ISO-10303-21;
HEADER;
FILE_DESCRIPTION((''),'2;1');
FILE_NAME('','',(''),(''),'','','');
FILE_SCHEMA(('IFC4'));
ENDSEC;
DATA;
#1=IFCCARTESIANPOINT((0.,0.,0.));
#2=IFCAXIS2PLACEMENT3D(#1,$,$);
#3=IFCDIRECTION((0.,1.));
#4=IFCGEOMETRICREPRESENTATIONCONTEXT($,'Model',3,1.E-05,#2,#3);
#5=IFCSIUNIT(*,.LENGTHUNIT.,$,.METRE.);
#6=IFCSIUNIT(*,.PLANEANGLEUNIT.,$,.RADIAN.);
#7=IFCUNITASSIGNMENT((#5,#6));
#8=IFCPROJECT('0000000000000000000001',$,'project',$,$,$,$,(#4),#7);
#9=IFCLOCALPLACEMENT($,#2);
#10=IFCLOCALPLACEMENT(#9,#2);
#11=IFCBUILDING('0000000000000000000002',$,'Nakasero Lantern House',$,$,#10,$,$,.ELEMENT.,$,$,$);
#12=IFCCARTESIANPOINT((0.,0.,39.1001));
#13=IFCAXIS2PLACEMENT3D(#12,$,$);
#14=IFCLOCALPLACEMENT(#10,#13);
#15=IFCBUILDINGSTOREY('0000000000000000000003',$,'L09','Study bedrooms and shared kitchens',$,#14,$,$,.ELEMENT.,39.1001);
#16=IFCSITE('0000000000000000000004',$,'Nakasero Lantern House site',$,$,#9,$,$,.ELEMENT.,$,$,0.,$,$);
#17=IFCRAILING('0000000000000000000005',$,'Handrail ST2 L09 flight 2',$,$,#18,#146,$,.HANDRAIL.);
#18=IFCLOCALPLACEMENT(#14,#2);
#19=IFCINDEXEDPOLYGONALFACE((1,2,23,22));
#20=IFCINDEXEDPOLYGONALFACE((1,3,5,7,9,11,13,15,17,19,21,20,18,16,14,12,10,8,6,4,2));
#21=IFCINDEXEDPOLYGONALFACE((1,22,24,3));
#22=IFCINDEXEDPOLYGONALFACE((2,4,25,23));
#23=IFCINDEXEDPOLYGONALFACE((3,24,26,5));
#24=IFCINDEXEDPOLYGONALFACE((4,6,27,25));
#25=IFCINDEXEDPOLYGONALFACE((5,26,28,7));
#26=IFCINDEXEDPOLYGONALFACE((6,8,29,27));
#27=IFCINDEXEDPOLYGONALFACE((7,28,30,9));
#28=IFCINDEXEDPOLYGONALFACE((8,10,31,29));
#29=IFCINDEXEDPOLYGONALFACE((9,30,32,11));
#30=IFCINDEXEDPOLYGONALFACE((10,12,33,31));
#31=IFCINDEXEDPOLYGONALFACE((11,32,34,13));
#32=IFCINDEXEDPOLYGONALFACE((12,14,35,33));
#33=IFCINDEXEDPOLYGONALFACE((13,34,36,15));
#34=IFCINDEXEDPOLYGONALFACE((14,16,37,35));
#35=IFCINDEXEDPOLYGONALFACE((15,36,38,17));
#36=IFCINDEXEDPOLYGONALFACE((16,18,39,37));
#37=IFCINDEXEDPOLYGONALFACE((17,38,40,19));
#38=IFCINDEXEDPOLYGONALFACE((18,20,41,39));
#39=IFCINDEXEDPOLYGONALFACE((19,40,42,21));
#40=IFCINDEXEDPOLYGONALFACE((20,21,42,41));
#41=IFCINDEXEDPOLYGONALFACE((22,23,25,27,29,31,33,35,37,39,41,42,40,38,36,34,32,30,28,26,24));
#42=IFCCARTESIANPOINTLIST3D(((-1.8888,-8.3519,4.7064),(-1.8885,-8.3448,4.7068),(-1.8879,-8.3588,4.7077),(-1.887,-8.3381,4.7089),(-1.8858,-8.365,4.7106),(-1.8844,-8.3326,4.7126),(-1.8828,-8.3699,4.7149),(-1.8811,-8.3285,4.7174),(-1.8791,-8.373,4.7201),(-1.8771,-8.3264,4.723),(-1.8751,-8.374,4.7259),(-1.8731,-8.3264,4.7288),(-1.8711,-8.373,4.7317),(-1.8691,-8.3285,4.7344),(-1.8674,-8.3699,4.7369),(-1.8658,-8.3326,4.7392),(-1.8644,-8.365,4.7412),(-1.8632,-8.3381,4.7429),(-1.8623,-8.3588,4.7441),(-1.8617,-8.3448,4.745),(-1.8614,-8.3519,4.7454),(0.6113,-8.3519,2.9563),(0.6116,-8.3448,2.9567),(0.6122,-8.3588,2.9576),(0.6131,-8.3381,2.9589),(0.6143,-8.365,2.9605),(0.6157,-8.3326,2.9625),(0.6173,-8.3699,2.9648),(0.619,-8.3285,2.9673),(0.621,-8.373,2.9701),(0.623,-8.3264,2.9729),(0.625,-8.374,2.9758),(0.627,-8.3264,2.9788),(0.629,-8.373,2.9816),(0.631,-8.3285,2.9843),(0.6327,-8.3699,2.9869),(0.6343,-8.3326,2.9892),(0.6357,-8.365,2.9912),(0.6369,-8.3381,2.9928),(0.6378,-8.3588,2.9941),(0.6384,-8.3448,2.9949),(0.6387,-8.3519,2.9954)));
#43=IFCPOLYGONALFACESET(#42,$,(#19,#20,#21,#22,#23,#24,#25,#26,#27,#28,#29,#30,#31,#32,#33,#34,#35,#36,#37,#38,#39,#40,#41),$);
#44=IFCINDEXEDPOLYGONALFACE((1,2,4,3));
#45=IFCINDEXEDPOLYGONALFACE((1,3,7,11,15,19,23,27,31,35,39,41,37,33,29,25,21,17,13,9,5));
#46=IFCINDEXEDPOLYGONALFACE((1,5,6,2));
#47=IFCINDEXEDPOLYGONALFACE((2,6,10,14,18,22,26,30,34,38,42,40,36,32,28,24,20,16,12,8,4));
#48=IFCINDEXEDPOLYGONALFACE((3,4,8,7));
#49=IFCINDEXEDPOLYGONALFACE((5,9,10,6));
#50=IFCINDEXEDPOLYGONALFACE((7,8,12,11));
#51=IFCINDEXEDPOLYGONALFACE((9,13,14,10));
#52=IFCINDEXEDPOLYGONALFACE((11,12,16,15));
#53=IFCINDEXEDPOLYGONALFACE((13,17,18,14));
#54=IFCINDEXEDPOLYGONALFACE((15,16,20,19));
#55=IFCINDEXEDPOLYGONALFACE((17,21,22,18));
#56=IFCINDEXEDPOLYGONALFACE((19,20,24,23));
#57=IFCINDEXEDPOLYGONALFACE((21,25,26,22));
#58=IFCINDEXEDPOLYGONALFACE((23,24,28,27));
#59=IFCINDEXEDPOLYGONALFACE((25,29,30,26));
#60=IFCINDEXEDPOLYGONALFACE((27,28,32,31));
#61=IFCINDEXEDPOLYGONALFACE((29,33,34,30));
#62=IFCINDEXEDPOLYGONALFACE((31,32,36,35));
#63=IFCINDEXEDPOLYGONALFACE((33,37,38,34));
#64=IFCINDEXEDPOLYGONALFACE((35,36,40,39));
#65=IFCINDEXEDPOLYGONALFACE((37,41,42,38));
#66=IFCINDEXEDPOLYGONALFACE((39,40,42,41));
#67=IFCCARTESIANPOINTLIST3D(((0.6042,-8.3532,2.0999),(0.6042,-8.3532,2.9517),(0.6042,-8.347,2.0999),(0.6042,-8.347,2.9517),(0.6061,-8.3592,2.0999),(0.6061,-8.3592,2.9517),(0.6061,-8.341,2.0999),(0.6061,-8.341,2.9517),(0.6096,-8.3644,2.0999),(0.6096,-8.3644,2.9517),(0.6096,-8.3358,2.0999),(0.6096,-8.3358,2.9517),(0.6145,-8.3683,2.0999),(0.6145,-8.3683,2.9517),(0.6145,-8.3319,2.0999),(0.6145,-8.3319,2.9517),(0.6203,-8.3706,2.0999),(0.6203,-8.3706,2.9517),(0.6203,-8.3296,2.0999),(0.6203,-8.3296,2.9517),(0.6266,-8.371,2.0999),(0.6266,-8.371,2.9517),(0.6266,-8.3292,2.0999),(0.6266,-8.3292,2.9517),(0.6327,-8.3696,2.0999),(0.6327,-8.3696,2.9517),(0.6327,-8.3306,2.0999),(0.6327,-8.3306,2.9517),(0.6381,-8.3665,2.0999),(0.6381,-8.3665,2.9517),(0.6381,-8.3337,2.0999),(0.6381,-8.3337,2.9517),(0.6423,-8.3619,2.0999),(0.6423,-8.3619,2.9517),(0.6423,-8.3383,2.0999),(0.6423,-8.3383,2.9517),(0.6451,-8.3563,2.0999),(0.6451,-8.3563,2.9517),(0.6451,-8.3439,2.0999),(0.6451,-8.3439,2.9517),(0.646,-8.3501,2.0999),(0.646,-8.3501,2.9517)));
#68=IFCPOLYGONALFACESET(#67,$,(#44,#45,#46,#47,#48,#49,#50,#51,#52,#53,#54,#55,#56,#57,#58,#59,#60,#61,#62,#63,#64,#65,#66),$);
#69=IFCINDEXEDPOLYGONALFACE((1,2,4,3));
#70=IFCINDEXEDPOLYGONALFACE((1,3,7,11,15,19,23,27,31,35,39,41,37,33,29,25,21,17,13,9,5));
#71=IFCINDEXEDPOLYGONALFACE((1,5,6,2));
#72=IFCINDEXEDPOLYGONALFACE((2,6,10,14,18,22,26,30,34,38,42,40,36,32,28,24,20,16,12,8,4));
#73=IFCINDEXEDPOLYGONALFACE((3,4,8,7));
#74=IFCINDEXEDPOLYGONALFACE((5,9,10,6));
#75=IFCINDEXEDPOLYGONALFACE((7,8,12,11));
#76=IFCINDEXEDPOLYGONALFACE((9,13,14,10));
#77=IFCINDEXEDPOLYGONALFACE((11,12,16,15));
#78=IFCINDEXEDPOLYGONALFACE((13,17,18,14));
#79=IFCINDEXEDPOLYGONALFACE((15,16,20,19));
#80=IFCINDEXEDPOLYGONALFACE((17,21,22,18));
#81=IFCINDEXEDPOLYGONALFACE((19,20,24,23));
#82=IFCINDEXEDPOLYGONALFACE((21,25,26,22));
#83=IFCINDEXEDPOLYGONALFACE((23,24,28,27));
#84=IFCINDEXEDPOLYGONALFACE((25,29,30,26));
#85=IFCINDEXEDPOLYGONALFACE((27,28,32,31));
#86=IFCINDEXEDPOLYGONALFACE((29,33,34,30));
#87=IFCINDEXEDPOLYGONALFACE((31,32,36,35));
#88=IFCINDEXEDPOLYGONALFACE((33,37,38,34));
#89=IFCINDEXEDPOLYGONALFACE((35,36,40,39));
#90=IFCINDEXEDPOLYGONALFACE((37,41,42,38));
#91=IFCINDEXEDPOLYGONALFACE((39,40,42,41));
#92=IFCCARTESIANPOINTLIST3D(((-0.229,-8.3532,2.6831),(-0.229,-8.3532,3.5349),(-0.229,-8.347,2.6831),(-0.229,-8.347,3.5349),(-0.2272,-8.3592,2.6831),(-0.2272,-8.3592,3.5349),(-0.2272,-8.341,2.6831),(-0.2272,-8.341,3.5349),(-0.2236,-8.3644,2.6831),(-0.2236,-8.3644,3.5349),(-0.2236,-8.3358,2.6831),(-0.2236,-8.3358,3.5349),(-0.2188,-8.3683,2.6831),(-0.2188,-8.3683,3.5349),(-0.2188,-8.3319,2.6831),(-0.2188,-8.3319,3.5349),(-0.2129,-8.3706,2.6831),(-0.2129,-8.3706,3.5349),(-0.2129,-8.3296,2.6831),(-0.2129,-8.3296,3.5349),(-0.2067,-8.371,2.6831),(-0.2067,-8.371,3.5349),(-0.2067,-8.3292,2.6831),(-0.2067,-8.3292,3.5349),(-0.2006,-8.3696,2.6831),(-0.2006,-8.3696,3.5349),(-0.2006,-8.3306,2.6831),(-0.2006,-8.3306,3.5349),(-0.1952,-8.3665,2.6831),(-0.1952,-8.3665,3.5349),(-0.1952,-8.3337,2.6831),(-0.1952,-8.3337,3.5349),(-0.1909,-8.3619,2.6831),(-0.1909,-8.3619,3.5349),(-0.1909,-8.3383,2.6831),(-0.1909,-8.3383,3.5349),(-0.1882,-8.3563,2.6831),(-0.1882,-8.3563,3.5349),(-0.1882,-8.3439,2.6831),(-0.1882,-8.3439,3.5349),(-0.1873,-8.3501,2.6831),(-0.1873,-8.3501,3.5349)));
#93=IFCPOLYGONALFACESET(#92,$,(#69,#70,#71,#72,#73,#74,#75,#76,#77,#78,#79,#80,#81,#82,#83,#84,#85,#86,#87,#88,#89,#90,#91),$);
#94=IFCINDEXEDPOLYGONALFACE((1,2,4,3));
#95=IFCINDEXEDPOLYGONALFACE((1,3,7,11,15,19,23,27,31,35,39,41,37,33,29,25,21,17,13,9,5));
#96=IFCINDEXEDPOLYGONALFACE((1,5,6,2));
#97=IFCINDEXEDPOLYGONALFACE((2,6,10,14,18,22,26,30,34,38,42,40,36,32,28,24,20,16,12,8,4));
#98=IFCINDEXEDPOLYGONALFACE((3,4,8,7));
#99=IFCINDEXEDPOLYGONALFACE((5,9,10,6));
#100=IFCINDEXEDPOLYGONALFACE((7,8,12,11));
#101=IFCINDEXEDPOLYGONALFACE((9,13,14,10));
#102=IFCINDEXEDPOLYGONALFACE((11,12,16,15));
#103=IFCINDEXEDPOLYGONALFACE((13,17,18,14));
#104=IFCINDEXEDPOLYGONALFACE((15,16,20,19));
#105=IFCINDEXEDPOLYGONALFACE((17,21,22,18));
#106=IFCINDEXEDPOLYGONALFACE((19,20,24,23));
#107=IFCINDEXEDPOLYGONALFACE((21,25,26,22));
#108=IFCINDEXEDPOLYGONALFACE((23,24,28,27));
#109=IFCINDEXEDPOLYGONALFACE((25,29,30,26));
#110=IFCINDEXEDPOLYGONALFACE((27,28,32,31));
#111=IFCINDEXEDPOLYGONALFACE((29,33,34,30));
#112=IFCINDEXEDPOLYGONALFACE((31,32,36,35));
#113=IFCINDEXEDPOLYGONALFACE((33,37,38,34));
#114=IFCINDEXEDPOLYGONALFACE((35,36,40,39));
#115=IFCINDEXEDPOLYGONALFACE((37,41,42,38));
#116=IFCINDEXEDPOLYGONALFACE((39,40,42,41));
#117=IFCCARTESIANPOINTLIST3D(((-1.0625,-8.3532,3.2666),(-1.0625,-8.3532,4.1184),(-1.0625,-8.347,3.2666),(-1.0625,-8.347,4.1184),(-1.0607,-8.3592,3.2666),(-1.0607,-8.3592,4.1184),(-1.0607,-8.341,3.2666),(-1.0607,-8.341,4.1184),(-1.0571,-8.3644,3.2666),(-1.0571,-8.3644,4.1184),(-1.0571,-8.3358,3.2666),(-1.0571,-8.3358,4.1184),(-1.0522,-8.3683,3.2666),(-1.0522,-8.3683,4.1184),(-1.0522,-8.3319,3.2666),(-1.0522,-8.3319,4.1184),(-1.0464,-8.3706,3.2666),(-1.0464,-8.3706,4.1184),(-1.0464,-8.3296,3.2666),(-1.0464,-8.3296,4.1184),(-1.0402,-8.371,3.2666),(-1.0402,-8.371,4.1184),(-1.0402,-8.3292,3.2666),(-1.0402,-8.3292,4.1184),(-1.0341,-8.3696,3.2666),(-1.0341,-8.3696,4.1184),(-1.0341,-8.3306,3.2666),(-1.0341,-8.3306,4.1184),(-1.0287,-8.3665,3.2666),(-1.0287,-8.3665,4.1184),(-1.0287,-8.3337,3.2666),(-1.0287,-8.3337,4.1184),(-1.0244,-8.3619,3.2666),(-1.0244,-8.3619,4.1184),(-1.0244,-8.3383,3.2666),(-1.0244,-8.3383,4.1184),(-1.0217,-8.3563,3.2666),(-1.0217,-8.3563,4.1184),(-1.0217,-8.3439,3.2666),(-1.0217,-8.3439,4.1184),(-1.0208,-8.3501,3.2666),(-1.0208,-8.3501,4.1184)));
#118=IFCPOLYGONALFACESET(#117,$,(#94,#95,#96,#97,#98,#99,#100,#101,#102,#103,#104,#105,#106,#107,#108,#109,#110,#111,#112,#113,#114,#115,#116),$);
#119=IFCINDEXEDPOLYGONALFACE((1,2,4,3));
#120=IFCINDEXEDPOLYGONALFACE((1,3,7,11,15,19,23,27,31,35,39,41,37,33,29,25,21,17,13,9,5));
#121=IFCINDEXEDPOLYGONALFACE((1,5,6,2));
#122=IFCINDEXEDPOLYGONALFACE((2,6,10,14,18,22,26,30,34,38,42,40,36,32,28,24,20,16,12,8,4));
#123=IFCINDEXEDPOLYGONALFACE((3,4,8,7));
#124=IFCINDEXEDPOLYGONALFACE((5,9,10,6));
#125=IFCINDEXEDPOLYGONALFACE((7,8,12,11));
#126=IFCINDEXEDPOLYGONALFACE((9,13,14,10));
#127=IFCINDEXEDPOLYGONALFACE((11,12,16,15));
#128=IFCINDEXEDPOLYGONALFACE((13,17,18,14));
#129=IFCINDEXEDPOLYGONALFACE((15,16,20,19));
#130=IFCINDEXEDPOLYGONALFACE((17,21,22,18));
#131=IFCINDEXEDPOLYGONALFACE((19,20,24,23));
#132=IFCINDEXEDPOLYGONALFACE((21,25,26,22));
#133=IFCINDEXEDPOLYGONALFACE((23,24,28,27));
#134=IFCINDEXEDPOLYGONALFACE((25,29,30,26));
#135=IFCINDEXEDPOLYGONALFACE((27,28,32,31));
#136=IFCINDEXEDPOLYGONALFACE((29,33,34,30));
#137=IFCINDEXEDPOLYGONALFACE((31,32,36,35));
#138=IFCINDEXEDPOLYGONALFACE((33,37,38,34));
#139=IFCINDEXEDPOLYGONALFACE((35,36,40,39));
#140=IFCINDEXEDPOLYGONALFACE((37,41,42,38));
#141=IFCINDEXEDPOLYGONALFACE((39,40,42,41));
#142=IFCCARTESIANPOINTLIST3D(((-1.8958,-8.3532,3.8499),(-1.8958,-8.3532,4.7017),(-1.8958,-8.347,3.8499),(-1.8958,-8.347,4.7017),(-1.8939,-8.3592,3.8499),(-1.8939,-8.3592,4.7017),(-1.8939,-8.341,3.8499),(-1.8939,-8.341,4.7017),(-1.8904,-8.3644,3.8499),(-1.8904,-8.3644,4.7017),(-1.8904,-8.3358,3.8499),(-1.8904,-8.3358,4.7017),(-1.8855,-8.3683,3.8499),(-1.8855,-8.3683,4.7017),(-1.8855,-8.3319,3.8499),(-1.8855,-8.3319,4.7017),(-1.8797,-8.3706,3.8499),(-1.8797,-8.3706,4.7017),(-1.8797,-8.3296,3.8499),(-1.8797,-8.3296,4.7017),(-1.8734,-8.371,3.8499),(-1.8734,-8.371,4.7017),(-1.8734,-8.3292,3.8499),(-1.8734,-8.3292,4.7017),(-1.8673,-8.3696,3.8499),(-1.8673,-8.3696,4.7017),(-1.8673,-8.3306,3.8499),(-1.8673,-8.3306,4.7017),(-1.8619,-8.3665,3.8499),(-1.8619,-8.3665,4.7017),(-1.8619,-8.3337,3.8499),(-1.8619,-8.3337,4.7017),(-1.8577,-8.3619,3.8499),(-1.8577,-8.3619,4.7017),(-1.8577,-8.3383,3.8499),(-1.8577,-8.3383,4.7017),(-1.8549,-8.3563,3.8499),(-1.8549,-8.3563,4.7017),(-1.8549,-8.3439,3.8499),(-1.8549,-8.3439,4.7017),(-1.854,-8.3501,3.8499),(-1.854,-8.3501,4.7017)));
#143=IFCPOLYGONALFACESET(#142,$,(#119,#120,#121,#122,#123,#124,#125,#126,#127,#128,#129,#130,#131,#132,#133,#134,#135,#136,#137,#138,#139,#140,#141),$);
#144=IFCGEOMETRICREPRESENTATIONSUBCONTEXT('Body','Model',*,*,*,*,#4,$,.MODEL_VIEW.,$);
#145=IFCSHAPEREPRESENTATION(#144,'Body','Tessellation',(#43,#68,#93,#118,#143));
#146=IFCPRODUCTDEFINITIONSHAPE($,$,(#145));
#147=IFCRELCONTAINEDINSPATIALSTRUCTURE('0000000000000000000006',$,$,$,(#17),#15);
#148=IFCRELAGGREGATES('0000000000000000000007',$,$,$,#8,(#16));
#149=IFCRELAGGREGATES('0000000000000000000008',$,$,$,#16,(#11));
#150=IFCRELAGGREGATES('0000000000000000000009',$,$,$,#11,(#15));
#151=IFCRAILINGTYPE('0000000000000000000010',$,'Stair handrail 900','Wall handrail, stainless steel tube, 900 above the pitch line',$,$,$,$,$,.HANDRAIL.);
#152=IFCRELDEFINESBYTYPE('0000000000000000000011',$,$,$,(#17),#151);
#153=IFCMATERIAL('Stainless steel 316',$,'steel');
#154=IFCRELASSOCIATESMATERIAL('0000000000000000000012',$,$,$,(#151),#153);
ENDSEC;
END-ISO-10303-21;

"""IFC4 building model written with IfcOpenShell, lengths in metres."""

from ifc_helpers import new_model, si_unit, direction, frame, origin, origin_2d, place, context, subcontext, project, spatial, circle, extrude, material, type_object, element, save


model = new_model("IFC4")

# Units and contexts
model_context = context("Model", 3, precision=1e-05, world=origin(), true_north=direction((0.0, 1.0)))
body_context = subcontext(model_context, "Body", "Model", "MODEL_VIEW")
ifc_project = project(units=[si_unit("LENGTHUNIT", "METRE"), si_unit("PLANEANGLEUNIT", "RADIAN")], contexts=[model_context])

# Site, building, storey
site_placement = place(None, origin())
site = spatial("IfcSite", under=ifc_project, at=site_placement, Name="Nakasero Lantern House site", CompositionType="ELEMENT", RefElevation=0.0)
building_placement = place(site_placement, origin())
building = spatial("IfcBuilding", under=site, at=building_placement, Name="Nakasero Lantern House", CompositionType="ELEMENT")
storey_placement = place(building_placement, frame((0.0, 0.0, 39.1001)))
storey = spatial("IfcBuildingStorey", under=building, at=storey_placement, Name="L09", Description="Study bedrooms and shared kitchens", CompositionType="ELEMENT", Elevation=39.1001)

# Railing
ifc_material_1 = material(Name="Stainless steel 316", Category="steel")
railing_type = type_object("IfcRailingType", Name="Stair handrail 900", Description="Wall handrail, stainless steel tube, 900 above the pitch line", PredefinedType="HANDRAIL", material=ifc_material_1)
railing_placement = place(storey_placement, frame((0.625, -8.3501, 2.0999)))
element("IfcRailing", 1, at=railing_placement, inside=storey, type_object=railing_type, Name="Handrail ST2 L09 flight 2", PredefinedType="HANDRAIL", context=body_context, shape_type="SweptSolid", body=[
    extrude(circle(Radius=0.0239, at=origin_2d()), frame((0.0, 0.0, 0.876), z_axis=(-0.819232, 0.0, 0.573462), x_axis=(0.0, -1.0, 0.0)), (0.0, 0.0, 1.0), 3.0518),
    extrude(circle(Radius=0.021, at=origin_2d()), origin(), (0.0, 0.0, 1.0), 0.8518),
    extrude(circle(Radius=0.021, at=origin_2d()), frame((-0.8333, 0.0, 0.5833)), (0.0, 0.0, 1.0), 0.8518),
    extrude(circle(Radius=0.021, at=origin_2d()), frame((-1.6667, 0.0, 1.1667)), (0.0, 0.0, 1.0), 0.8518),
    extrude(circle(Radius=0.021, at=origin_2d()), frame((-2.5, 0.0, 1.75)), (0.0, 0.0, 1.0), 0.8518),
])

save(model, "model.ifc")
